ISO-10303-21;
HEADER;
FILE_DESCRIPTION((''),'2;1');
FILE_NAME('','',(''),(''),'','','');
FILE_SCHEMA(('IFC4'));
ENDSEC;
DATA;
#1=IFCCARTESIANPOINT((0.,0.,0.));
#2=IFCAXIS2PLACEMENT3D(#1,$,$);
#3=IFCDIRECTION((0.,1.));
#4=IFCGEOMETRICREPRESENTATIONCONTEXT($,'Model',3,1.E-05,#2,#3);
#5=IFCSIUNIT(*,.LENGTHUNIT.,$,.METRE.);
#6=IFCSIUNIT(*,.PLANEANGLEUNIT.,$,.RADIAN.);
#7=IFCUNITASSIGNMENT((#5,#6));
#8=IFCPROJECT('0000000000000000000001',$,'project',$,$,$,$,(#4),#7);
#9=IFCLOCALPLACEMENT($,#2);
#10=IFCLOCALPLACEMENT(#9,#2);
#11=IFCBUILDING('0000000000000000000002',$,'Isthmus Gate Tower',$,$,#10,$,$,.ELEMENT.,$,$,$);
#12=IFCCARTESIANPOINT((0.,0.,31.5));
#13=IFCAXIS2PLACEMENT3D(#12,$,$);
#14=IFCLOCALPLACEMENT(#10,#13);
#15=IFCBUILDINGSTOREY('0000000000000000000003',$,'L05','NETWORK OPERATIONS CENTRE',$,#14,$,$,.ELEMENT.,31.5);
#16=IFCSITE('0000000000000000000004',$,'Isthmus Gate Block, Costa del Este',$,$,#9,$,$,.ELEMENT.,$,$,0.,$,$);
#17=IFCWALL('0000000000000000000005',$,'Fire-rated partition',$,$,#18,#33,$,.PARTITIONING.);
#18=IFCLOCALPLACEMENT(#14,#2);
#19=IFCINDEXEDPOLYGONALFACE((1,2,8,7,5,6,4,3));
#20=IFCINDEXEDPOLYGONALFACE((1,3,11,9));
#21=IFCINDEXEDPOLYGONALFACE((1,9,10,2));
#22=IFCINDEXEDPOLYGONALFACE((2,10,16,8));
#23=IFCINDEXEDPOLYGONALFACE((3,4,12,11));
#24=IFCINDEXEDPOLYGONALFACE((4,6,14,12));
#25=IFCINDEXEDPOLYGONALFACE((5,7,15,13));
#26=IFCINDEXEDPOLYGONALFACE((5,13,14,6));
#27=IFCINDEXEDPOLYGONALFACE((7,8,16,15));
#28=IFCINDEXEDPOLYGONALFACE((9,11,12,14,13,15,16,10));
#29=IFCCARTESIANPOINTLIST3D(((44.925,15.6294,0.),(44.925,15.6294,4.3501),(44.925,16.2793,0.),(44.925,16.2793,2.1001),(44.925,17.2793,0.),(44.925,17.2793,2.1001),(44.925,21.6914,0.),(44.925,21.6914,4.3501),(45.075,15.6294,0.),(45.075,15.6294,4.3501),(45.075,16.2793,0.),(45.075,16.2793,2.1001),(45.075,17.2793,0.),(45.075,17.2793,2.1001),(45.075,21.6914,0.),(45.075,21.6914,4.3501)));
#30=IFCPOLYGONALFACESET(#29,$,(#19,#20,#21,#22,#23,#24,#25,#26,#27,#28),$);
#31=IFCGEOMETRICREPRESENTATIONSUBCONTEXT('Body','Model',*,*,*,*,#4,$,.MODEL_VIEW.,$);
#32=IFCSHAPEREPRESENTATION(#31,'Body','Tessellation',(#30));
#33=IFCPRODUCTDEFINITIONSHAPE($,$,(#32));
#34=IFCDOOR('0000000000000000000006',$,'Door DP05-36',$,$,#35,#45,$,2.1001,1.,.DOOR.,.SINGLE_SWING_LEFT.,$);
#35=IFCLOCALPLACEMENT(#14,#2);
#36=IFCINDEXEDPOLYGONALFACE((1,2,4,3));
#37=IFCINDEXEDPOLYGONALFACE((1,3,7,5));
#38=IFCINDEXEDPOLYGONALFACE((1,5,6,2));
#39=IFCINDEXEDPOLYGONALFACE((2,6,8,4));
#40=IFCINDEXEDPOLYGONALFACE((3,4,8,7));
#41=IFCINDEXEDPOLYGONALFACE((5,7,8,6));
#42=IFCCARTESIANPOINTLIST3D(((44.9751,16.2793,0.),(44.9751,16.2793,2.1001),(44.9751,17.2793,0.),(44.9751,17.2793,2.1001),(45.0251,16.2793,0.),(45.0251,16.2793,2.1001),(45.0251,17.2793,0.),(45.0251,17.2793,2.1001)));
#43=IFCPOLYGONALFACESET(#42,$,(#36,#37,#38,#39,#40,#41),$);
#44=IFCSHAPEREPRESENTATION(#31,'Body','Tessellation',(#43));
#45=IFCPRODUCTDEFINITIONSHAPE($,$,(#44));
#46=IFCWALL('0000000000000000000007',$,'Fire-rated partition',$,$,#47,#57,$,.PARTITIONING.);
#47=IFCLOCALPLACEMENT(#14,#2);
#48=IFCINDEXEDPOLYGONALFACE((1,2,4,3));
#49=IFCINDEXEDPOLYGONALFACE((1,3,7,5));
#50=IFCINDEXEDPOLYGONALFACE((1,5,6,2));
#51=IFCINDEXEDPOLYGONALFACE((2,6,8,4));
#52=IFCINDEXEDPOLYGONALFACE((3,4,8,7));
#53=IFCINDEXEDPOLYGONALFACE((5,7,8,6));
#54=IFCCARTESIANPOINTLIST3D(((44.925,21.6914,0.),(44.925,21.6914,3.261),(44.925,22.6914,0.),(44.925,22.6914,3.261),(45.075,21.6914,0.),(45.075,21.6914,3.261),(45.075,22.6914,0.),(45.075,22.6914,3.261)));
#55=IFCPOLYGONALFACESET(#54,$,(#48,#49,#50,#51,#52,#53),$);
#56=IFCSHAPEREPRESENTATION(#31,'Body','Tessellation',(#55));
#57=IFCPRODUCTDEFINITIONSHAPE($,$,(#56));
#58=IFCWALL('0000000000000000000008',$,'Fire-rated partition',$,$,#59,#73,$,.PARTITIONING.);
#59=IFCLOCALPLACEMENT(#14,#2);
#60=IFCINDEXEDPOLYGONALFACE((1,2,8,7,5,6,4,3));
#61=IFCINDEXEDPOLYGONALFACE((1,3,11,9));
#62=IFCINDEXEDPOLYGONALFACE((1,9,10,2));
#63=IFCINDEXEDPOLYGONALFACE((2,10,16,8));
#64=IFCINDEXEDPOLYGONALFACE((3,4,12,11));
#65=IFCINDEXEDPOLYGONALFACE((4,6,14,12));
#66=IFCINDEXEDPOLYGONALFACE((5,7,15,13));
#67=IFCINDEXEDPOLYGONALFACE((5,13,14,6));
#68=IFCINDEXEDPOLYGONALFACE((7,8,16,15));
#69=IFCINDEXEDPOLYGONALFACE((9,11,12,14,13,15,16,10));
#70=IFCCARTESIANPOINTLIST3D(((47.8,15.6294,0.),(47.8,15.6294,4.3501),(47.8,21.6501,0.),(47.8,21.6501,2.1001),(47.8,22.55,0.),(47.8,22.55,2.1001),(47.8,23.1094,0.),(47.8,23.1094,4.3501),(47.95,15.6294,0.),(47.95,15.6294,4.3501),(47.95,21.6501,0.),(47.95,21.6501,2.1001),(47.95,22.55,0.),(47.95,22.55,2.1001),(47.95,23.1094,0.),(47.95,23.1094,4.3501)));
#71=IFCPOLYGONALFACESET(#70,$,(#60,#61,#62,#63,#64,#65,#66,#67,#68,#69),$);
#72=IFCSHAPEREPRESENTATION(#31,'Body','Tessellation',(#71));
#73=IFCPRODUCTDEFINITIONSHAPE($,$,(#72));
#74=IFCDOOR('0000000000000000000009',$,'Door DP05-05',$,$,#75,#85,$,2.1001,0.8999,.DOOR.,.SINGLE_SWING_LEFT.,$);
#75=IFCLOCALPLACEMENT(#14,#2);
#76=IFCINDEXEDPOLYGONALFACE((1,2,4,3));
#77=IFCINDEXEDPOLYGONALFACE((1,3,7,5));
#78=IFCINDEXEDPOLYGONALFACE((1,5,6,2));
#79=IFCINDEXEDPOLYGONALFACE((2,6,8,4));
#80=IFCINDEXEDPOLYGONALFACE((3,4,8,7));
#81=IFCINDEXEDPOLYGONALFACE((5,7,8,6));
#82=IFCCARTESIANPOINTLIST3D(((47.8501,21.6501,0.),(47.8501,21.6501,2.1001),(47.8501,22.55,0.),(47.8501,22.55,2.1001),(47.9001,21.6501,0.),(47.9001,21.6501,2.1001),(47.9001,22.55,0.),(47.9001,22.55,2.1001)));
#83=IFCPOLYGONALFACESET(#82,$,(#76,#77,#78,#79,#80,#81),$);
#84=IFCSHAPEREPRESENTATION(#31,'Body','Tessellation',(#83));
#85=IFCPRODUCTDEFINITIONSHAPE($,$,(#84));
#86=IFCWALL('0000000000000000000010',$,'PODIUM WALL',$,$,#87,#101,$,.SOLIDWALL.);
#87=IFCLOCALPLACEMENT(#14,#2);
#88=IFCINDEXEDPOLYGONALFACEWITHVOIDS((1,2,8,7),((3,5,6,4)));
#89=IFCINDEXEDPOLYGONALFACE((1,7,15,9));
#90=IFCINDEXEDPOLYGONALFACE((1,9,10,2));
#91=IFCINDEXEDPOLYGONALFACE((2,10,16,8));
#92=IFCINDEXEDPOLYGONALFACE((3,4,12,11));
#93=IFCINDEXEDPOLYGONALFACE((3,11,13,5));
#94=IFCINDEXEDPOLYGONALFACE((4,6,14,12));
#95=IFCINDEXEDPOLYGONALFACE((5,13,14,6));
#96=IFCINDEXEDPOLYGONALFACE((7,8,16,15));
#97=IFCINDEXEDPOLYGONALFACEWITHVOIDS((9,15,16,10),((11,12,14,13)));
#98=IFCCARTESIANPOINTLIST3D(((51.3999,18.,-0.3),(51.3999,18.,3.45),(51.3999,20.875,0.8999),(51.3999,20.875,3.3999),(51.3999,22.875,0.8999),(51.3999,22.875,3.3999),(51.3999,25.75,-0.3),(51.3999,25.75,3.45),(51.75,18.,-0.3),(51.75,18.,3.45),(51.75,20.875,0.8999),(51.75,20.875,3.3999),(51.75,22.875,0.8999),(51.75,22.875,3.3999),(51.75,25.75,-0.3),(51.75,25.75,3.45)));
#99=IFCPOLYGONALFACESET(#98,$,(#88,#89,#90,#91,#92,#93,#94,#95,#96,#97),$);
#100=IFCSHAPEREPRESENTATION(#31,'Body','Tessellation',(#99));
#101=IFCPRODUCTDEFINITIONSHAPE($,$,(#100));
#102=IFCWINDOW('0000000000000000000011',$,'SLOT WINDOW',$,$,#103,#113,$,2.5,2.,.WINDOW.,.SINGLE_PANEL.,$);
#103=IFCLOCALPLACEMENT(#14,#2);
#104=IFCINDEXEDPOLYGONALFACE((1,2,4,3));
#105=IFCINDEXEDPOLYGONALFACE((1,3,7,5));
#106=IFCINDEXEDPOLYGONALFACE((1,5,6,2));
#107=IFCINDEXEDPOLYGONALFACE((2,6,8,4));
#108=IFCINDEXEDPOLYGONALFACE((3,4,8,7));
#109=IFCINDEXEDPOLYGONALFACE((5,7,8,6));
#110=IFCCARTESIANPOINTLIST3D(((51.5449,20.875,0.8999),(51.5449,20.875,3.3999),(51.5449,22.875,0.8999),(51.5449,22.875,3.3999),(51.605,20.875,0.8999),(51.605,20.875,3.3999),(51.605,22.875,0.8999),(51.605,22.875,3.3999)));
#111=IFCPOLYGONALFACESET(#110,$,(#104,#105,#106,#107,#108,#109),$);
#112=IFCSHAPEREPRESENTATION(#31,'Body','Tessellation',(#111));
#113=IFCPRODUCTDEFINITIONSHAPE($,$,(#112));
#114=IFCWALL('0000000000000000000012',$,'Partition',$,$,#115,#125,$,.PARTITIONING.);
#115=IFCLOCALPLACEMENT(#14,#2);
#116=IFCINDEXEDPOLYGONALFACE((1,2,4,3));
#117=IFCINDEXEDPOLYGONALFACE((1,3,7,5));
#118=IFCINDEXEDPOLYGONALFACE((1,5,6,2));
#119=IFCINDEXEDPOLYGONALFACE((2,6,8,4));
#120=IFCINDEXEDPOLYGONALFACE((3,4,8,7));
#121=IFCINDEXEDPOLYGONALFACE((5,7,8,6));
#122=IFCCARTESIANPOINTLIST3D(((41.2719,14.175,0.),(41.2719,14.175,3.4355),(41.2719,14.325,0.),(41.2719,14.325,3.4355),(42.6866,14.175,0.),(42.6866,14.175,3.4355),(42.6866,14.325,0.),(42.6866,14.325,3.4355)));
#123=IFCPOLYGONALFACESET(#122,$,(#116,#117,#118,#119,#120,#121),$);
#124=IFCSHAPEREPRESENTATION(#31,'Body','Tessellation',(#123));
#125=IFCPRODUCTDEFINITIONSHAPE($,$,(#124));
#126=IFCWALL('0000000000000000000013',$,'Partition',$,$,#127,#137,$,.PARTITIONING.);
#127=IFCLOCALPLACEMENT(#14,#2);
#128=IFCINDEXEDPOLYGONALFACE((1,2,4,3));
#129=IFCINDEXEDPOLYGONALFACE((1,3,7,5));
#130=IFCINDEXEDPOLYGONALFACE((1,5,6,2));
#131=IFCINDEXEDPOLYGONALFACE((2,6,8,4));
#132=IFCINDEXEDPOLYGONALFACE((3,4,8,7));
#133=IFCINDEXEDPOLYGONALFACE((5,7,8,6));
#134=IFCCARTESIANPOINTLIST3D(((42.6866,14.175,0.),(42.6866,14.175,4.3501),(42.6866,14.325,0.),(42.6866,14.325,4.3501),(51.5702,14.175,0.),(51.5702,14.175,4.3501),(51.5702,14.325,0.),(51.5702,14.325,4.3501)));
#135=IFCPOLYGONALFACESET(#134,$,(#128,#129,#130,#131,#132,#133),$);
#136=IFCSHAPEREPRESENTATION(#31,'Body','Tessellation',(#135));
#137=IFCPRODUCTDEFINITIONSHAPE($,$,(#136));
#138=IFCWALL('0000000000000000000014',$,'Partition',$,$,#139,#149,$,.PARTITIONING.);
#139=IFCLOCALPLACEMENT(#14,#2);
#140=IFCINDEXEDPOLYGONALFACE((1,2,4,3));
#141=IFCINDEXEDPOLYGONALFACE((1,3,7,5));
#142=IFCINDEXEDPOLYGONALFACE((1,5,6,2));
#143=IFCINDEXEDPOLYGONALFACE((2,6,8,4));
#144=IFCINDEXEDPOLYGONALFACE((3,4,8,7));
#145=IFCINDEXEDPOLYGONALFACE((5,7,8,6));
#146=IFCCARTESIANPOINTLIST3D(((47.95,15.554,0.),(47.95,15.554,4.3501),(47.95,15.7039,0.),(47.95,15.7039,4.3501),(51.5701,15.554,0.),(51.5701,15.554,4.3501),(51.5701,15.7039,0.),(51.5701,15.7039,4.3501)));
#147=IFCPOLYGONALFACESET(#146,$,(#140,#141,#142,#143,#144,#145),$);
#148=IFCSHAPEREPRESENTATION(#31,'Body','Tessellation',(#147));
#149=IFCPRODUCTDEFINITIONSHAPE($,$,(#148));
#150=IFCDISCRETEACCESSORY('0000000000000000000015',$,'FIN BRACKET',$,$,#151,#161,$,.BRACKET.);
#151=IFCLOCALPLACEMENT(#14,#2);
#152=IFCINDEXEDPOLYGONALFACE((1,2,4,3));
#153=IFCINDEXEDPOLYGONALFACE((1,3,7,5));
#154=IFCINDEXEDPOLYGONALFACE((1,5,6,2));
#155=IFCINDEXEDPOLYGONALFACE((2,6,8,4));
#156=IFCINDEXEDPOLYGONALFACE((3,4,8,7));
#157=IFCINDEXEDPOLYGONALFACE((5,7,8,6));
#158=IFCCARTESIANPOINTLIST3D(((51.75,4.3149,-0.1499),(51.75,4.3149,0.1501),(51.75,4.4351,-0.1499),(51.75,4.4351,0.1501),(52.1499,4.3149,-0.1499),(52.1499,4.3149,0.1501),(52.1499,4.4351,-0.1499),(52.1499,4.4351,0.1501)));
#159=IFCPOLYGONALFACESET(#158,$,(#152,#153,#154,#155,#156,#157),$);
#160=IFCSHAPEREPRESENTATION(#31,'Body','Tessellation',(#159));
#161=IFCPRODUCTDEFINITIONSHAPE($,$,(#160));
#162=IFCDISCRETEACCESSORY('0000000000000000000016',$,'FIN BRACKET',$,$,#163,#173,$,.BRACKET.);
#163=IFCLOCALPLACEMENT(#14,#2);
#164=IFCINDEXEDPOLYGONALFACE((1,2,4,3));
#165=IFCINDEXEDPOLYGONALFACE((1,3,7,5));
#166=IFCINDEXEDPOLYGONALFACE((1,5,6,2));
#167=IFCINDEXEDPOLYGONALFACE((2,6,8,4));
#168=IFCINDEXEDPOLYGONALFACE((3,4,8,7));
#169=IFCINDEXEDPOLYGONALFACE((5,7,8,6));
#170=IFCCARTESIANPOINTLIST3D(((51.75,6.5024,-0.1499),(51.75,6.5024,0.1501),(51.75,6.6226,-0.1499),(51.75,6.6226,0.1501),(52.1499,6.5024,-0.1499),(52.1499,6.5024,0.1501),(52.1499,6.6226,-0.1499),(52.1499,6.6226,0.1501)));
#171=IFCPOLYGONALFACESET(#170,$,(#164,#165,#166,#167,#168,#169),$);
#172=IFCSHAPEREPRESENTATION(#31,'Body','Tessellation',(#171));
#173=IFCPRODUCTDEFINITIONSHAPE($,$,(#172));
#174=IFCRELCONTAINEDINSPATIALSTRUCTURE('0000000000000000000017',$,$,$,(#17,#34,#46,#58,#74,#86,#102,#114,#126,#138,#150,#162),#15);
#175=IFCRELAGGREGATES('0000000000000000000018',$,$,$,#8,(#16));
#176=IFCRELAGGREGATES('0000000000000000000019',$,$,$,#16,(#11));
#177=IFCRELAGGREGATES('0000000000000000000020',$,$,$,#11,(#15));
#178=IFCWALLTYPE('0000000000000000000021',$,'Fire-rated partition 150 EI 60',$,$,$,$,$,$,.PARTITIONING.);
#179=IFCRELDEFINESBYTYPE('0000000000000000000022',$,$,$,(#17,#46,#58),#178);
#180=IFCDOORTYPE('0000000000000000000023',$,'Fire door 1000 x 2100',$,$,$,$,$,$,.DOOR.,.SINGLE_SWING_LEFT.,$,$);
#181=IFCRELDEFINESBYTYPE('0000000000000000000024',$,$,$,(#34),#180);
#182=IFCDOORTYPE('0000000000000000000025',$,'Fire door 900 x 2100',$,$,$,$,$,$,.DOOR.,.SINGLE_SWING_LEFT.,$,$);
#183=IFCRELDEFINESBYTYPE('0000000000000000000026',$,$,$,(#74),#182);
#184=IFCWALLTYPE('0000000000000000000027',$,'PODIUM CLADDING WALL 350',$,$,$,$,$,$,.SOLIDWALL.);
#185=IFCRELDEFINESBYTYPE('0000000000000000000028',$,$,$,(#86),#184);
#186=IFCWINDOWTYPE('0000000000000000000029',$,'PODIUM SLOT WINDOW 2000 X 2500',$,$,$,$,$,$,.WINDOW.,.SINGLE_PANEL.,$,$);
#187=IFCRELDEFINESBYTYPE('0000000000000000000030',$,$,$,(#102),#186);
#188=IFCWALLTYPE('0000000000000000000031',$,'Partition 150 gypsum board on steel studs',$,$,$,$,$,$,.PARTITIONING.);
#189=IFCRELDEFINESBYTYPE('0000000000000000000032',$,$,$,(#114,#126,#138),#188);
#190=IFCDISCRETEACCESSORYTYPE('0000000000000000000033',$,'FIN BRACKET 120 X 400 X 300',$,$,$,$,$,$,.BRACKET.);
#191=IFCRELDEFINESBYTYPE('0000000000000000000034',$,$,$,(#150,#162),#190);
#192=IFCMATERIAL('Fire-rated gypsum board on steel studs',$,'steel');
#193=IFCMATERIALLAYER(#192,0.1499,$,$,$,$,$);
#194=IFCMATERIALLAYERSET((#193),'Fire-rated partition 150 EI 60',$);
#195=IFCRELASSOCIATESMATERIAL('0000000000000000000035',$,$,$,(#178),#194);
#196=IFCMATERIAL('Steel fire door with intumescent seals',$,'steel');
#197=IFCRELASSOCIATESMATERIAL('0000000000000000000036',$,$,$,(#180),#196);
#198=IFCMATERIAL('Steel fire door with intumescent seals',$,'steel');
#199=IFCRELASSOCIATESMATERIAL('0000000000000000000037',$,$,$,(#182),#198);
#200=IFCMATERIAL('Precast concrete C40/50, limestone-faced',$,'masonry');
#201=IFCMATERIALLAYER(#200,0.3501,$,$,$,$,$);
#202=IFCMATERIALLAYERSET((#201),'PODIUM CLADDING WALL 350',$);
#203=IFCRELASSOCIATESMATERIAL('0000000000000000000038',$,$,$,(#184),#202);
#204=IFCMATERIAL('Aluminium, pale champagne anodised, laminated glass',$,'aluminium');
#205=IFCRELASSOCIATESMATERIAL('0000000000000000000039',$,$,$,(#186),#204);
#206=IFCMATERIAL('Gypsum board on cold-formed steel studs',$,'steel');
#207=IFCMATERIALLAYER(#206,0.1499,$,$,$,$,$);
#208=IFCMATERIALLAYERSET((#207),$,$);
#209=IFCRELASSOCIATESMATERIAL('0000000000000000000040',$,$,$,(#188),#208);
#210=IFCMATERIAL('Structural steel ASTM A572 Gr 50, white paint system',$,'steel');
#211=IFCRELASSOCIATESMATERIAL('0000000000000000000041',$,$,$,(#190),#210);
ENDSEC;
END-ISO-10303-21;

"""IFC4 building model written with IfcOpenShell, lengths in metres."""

from ifc_helpers import new_model, si_unit, direction, frame, frame_2d, origin, origin_2d, place, context, subcontext, project, spatial, rectangle, extrude, material, layer, layer_set, type_object, element, fill, save


model = new_model("IFC4")

# Units and contexts
model_context = context("Model", 3, precision=1e-05, world=origin(), true_north=direction((0.0, 1.0)))
body_context = subcontext(model_context, "Body", "Model", "MODEL_VIEW")
ifc_project = project(units=[si_unit("LENGTHUNIT", "METRE"), si_unit("PLANEANGLEUNIT", "RADIAN")], contexts=[model_context])

# Site, building, storey
site_placement = place(None, origin())
site = spatial("IfcSite", under=ifc_project, at=site_placement, Name="Isthmus Gate Block, Costa del Este", CompositionType="ELEMENT", RefElevation=0.0)
building_placement = place(site_placement, origin())
building = spatial("IfcBuilding", under=site, at=building_placement, Name="Isthmus Gate Tower", CompositionType="ELEMENT")
storey_placement = place(building_placement, frame((0.0, 0.0, 31.5)))
storey = spatial("IfcBuildingStorey", under=building, at=storey_placement, Name="L05", Description="NETWORK OPERATIONS CENTRE", CompositionType="ELEMENT", Elevation=31.5)

# Wall, opening, door
ifc_material_1 = material(Name="Fire-rated gypsum board on steel studs", Category="steel")
ifc_layer_1 = layer(ifc_material_1, 0.1499)
ifc_layer_set_1 = layer_set([ifc_layer_1], Name="Fire-rated partition 150 EI 60")
wall_type_1 = type_object("IfcWallType", Name="Fire-rated partition 150 EI 60", PredefinedType="PARTITIONING", material=ifc_layer_set_1)
wall_1_placement = place(storey_placement, frame((45.0, 15.6294, 0.0), z_axis=(0.0, 0.0, 1.0), x_axis=(0.0, 1.0, 0.0)))
wall_1 = element("IfcWall", 1, at=wall_1_placement, inside=storey, type_object=wall_type_1, Name="Fire-rated partition", PredefinedType="PARTITIONING", context=body_context, shape_type="SweptSolid", body=[
    extrude(rectangle(XDim=6.062, YDim=0.1499, at=frame_2d((3.031, 0.0))), origin(), (0.0, 0.0, 1.0), 4.3501),
])
opening_1_placement = place(wall_1_placement, frame((0.6499, 0.0, 0.0)))
opening_1 = element("IfcOpeningElement", 2, at=opening_1_placement, cuts=wall_1, PredefinedType="OPENING", context=body_context, shape_type="SweptSolid", body=[
    extrude(rectangle(XDim=1.0, YDim=2.1001, at=frame_2d((0.5, 1.05))), frame((0.0, 0.085, 0.0), z_axis=(0.0, -1.0, 0.0), x_axis=(1.0, 0.0, 0.0)), (0.0, 0.0, 1.0), 0.1699),
])
ifc_material_2 = material(Name="Steel fire door with intumescent seals", Category="steel")
door_type_1 = type_object("IfcDoorType", Name="Fire door 1000 x 2100", OperationType="SINGLE_SWING_LEFT", PredefinedType="DOOR", material=ifc_material_2)
door_1_placement = place(opening_1_placement, origin())
door_1 = element("IfcDoor", 3, at=door_1_placement, inside=storey, type_object=door_type_1, Name="Door DP05-36", OperationType="SINGLE_SWING_LEFT", OverallHeight=2.1001, OverallWidth=1.0, PredefinedType="DOOR", context=body_context, shape_type="SweptSolid", body=[
    extrude(rectangle(XDim=1.0, YDim=2.1001, at=frame_2d((0.5, 1.05))), frame((0.0, 0.0249, 0.0), z_axis=(0.0, -1.0, 0.0), x_axis=(1.0, 0.0, 0.0)), (0.0, 0.0, 1.0), 0.05),
])
fill(opening_1, door_1)

# Wall
wall_2_placement = place(storey_placement, frame((45.0, 21.6914, 0.0), z_axis=(0.0, 0.0, 1.0), x_axis=(0.0, 1.0, 0.0)))
element("IfcWall", 4, at=wall_2_placement, inside=storey, type_object=wall_type_1, Name="Fire-rated partition", PredefinedType="PARTITIONING", context=body_context, shape_type="SweptSolid", body=[
    extrude(rectangle(XDim=1.0, YDim=0.1499, at=frame_2d((0.5, 0.0))), origin(), (0.0, 0.0, 1.0), 3.261),
])

# Wall, opening, door
wall_3_placement = place(storey_placement, frame((47.875, 15.6294, 0.0), z_axis=(0.0, 0.0, 1.0), x_axis=(0.0, 1.0, 0.0)))
wall_3 = element("IfcWall", 5, at=wall_3_placement, inside=storey, type_object=wall_type_1, Name="Fire-rated partition", PredefinedType="PARTITIONING", context=body_context, shape_type="SweptSolid", body=[
    extrude(rectangle(XDim=7.48, YDim=0.1499, at=frame_2d((3.74, 0.0))), origin(), (0.0, 0.0, 1.0), 4.3501),
])
opening_2_placement = place(wall_3_placement, frame((6.0208, 0.0, 0.0)))
opening_2 = element("IfcOpeningElement", 6, at=opening_2_placement, cuts=wall_3, PredefinedType="OPENING", context=body_context, shape_type="SweptSolid", body=[
    extrude(rectangle(XDim=0.8999, YDim=2.1001, at=frame_2d((0.45, 1.05))), frame((0.0, 0.085, 0.0), z_axis=(0.0, -1.0, 0.0), x_axis=(1.0, 0.0, 0.0)), (0.0, 0.0, 1.0), 0.1699),
])
ifc_material_3 = material(Name="Steel fire door with intumescent seals", Category="steel")
door_type_2 = type_object("IfcDoorType", Name="Fire door 900 x 2100", OperationType="SINGLE_SWING_LEFT", PredefinedType="DOOR", material=ifc_material_3)
door_2_placement = place(opening_2_placement, origin())
door_2 = element("IfcDoor", 7, at=door_2_placement, inside=storey, type_object=door_type_2, Name="Door DP05-05", OperationType="SINGLE_SWING_LEFT", OverallHeight=2.1001, OverallWidth=0.8999, PredefinedType="DOOR", context=body_context, shape_type="SweptSolid", body=[
    extrude(rectangle(XDim=0.8999, YDim=2.1001, at=frame_2d((0.45, 1.05))), frame((0.0, 0.0249, 0.0), z_axis=(0.0, -1.0, 0.0), x_axis=(1.0, 0.0, 0.0)), (0.0, 0.0, 1.0), 0.05),
])
fill(opening_2, door_2)

# Wall, opening, window
ifc_material_4 = material(Name="Precast concrete C40/50, limestone-faced", Category="masonry")
ifc_layer_2 = layer(ifc_material_4, 0.3501)
ifc_layer_set_2 = layer_set([ifc_layer_2], Name="PODIUM CLADDING WALL 350")
wall_type_2 = type_object("IfcWallType", Name="PODIUM CLADDING WALL 350", PredefinedType="SOLIDWALL", material=ifc_layer_set_2)
wall_4_placement = place(storey_placement, frame((51.575, 18.0, -0.3), z_axis=(0.0, 0.0, 1.0), x_axis=(0.0, 1.0, 0.0)))
wall_4 = element("IfcWall", 8, at=wall_4_placement, inside=storey, type_object=wall_type_2, Name="PODIUM WALL", PredefinedType="SOLIDWALL", context=body_context, shape_type="SweptSolid", body=[
    extrude(rectangle(XDim=7.75, YDim=0.3501, at=frame_2d((3.875, 0.0))), origin(), (0.0, 0.0, 1.0), 3.75),
])
opening_3_placement = place(wall_4_placement, frame((2.875, 0.0, 1.2)))
opening_3 = element("IfcOpeningElement", 9, at=opening_3_placement, cuts=wall_4, PredefinedType="OPENING", context=body_context, shape_type="SweptSolid", body=[
    extrude(rectangle(XDim=2.0, YDim=2.5, at=frame_2d((1.0, 1.25))), frame((0.0, 0.1851, 0.0), z_axis=(0.0, -1.0, 0.0), x_axis=(1.0, 0.0, 0.0)), (0.0, 0.0, 1.0), 0.3701),
])
ifc_material_5 = material(Name="Aluminium, pale champagne anodised, laminated glass", Category="aluminium")
window_type = type_object("IfcWindowType", Name="PODIUM SLOT WINDOW 2000 X 2500", PartitioningType="SINGLE_PANEL", PredefinedType="WINDOW", material=ifc_material_5)
window_placement = place(opening_3_placement, origin())
window = element("IfcWindow", 10, at=window_placement, inside=storey, type_object=window_type, Name="SLOT WINDOW", OverallHeight=2.5, OverallWidth=2.0, PartitioningType="SINGLE_PANEL", PredefinedType="WINDOW", context=body_context, shape_type="SweptSolid", body=[
    extrude(rectangle(XDim=2.0, YDim=2.5, at=frame_2d((1.0, 1.25))), frame((0.0, 0.03, 0.0), z_axis=(0.0, -1.0, 0.0), x_axis=(1.0, 0.0, 0.0)), (0.0, 0.0, 1.0), 0.0601),
])
fill(opening_3, window)

# Walls
ifc_material_6 = material(Name="Gypsum board on cold-formed steel studs", Category="steel")
ifc_layer_3 = layer(ifc_material_6, 0.1499)
ifc_layer_set_3 = layer_set([ifc_layer_3])
wall_type_3 = type_object("IfcWallType", Name="Partition 150 gypsum board on steel studs", PredefinedType="PARTITIONING", material=ifc_layer_set_3)
wall_5_placement = place(storey_placement, frame((41.2717, 14.25, 0.0), z_axis=(0.0, 0.0, 1.0), x_axis=(1.0, 0.0, 0.0)))
element("IfcWall", 11, at=wall_5_placement, inside=storey, type_object=wall_type_3, Name="Partition", PredefinedType="PARTITIONING", context=body_context, shape_type="SweptSolid", body=[
    extrude(rectangle(XDim=1.4148, YDim=0.1499, at=frame_2d((0.7075, 0.0))), origin(), (0.0, 0.0, 1.0), 3.4355),
])
wall_6_placement = place(storey_placement, frame((42.6865, 14.25, 0.0), z_axis=(0.0, 0.0, 1.0), x_axis=(1.0, 0.0, 0.0)))
element("IfcWall", 12, at=wall_6_placement, inside=storey, type_object=wall_type_3, Name="Partition", PredefinedType="PARTITIONING", context=body_context, shape_type="SweptSolid", body=[
    extrude(rectangle(XDim=8.8835, YDim=0.1499, at=frame_2d((4.4419, 0.0))), origin(), (0.0, 0.0, 1.0), 4.3501),
])
wall_7_placement = place(storey_placement, frame((47.95, 15.6289, 0.0), z_axis=(0.0, 0.0, 1.0), x_axis=(1.0, 0.0, 0.0)))
element("IfcWall", 13, at=wall_7_placement, inside=storey, type_object=wall_type_3, Name="Partition", PredefinedType="PARTITIONING", context=body_context, shape_type="SweptSolid", body=[
    extrude(rectangle(XDim=3.6201, YDim=0.1499, at=frame_2d((1.8101, 0.0))), origin(), (0.0, 0.0, 1.0), 4.3501),
])

# Discrete accessories
ifc_material_7 = material(Name="Structural steel ASTM A572 Gr 50, white paint system", Category="steel")
discrete_accessory_type = type_object("IfcDiscreteAccessoryType", Name="FIN BRACKET 120 X 400 X 300", PredefinedType="BRACKET", material=ifc_material_7)
for number, where, z_axis, x_axis, name in (
    (14, (51.95, 4.375, -0.1499), (0.0, 0.0, 1.0), (1.0, 0.0, 0.0), "FIN BRACKET"),
    (15, (51.95, 6.5625, -0.1499), (0.0, 0.0, 1.0), (1.0, 0.0, 0.0), "FIN BRACKET"),
):
    element("IfcDiscreteAccessory", number, at=place(storey_placement, frame(where, z_axis=z_axis, x_axis=x_axis)), inside=storey, type_object=discrete_accessory_type, Name=name, PredefinedType="BRACKET", context=body_context, shape_type="SweptSolid", body=[
        extrude(rectangle(XDim=0.3999, YDim=0.1201, at=origin_2d()), origin(), (0.0, 0.0, 1.0), 0.3),
    ])

save(model, "model.ifc")
